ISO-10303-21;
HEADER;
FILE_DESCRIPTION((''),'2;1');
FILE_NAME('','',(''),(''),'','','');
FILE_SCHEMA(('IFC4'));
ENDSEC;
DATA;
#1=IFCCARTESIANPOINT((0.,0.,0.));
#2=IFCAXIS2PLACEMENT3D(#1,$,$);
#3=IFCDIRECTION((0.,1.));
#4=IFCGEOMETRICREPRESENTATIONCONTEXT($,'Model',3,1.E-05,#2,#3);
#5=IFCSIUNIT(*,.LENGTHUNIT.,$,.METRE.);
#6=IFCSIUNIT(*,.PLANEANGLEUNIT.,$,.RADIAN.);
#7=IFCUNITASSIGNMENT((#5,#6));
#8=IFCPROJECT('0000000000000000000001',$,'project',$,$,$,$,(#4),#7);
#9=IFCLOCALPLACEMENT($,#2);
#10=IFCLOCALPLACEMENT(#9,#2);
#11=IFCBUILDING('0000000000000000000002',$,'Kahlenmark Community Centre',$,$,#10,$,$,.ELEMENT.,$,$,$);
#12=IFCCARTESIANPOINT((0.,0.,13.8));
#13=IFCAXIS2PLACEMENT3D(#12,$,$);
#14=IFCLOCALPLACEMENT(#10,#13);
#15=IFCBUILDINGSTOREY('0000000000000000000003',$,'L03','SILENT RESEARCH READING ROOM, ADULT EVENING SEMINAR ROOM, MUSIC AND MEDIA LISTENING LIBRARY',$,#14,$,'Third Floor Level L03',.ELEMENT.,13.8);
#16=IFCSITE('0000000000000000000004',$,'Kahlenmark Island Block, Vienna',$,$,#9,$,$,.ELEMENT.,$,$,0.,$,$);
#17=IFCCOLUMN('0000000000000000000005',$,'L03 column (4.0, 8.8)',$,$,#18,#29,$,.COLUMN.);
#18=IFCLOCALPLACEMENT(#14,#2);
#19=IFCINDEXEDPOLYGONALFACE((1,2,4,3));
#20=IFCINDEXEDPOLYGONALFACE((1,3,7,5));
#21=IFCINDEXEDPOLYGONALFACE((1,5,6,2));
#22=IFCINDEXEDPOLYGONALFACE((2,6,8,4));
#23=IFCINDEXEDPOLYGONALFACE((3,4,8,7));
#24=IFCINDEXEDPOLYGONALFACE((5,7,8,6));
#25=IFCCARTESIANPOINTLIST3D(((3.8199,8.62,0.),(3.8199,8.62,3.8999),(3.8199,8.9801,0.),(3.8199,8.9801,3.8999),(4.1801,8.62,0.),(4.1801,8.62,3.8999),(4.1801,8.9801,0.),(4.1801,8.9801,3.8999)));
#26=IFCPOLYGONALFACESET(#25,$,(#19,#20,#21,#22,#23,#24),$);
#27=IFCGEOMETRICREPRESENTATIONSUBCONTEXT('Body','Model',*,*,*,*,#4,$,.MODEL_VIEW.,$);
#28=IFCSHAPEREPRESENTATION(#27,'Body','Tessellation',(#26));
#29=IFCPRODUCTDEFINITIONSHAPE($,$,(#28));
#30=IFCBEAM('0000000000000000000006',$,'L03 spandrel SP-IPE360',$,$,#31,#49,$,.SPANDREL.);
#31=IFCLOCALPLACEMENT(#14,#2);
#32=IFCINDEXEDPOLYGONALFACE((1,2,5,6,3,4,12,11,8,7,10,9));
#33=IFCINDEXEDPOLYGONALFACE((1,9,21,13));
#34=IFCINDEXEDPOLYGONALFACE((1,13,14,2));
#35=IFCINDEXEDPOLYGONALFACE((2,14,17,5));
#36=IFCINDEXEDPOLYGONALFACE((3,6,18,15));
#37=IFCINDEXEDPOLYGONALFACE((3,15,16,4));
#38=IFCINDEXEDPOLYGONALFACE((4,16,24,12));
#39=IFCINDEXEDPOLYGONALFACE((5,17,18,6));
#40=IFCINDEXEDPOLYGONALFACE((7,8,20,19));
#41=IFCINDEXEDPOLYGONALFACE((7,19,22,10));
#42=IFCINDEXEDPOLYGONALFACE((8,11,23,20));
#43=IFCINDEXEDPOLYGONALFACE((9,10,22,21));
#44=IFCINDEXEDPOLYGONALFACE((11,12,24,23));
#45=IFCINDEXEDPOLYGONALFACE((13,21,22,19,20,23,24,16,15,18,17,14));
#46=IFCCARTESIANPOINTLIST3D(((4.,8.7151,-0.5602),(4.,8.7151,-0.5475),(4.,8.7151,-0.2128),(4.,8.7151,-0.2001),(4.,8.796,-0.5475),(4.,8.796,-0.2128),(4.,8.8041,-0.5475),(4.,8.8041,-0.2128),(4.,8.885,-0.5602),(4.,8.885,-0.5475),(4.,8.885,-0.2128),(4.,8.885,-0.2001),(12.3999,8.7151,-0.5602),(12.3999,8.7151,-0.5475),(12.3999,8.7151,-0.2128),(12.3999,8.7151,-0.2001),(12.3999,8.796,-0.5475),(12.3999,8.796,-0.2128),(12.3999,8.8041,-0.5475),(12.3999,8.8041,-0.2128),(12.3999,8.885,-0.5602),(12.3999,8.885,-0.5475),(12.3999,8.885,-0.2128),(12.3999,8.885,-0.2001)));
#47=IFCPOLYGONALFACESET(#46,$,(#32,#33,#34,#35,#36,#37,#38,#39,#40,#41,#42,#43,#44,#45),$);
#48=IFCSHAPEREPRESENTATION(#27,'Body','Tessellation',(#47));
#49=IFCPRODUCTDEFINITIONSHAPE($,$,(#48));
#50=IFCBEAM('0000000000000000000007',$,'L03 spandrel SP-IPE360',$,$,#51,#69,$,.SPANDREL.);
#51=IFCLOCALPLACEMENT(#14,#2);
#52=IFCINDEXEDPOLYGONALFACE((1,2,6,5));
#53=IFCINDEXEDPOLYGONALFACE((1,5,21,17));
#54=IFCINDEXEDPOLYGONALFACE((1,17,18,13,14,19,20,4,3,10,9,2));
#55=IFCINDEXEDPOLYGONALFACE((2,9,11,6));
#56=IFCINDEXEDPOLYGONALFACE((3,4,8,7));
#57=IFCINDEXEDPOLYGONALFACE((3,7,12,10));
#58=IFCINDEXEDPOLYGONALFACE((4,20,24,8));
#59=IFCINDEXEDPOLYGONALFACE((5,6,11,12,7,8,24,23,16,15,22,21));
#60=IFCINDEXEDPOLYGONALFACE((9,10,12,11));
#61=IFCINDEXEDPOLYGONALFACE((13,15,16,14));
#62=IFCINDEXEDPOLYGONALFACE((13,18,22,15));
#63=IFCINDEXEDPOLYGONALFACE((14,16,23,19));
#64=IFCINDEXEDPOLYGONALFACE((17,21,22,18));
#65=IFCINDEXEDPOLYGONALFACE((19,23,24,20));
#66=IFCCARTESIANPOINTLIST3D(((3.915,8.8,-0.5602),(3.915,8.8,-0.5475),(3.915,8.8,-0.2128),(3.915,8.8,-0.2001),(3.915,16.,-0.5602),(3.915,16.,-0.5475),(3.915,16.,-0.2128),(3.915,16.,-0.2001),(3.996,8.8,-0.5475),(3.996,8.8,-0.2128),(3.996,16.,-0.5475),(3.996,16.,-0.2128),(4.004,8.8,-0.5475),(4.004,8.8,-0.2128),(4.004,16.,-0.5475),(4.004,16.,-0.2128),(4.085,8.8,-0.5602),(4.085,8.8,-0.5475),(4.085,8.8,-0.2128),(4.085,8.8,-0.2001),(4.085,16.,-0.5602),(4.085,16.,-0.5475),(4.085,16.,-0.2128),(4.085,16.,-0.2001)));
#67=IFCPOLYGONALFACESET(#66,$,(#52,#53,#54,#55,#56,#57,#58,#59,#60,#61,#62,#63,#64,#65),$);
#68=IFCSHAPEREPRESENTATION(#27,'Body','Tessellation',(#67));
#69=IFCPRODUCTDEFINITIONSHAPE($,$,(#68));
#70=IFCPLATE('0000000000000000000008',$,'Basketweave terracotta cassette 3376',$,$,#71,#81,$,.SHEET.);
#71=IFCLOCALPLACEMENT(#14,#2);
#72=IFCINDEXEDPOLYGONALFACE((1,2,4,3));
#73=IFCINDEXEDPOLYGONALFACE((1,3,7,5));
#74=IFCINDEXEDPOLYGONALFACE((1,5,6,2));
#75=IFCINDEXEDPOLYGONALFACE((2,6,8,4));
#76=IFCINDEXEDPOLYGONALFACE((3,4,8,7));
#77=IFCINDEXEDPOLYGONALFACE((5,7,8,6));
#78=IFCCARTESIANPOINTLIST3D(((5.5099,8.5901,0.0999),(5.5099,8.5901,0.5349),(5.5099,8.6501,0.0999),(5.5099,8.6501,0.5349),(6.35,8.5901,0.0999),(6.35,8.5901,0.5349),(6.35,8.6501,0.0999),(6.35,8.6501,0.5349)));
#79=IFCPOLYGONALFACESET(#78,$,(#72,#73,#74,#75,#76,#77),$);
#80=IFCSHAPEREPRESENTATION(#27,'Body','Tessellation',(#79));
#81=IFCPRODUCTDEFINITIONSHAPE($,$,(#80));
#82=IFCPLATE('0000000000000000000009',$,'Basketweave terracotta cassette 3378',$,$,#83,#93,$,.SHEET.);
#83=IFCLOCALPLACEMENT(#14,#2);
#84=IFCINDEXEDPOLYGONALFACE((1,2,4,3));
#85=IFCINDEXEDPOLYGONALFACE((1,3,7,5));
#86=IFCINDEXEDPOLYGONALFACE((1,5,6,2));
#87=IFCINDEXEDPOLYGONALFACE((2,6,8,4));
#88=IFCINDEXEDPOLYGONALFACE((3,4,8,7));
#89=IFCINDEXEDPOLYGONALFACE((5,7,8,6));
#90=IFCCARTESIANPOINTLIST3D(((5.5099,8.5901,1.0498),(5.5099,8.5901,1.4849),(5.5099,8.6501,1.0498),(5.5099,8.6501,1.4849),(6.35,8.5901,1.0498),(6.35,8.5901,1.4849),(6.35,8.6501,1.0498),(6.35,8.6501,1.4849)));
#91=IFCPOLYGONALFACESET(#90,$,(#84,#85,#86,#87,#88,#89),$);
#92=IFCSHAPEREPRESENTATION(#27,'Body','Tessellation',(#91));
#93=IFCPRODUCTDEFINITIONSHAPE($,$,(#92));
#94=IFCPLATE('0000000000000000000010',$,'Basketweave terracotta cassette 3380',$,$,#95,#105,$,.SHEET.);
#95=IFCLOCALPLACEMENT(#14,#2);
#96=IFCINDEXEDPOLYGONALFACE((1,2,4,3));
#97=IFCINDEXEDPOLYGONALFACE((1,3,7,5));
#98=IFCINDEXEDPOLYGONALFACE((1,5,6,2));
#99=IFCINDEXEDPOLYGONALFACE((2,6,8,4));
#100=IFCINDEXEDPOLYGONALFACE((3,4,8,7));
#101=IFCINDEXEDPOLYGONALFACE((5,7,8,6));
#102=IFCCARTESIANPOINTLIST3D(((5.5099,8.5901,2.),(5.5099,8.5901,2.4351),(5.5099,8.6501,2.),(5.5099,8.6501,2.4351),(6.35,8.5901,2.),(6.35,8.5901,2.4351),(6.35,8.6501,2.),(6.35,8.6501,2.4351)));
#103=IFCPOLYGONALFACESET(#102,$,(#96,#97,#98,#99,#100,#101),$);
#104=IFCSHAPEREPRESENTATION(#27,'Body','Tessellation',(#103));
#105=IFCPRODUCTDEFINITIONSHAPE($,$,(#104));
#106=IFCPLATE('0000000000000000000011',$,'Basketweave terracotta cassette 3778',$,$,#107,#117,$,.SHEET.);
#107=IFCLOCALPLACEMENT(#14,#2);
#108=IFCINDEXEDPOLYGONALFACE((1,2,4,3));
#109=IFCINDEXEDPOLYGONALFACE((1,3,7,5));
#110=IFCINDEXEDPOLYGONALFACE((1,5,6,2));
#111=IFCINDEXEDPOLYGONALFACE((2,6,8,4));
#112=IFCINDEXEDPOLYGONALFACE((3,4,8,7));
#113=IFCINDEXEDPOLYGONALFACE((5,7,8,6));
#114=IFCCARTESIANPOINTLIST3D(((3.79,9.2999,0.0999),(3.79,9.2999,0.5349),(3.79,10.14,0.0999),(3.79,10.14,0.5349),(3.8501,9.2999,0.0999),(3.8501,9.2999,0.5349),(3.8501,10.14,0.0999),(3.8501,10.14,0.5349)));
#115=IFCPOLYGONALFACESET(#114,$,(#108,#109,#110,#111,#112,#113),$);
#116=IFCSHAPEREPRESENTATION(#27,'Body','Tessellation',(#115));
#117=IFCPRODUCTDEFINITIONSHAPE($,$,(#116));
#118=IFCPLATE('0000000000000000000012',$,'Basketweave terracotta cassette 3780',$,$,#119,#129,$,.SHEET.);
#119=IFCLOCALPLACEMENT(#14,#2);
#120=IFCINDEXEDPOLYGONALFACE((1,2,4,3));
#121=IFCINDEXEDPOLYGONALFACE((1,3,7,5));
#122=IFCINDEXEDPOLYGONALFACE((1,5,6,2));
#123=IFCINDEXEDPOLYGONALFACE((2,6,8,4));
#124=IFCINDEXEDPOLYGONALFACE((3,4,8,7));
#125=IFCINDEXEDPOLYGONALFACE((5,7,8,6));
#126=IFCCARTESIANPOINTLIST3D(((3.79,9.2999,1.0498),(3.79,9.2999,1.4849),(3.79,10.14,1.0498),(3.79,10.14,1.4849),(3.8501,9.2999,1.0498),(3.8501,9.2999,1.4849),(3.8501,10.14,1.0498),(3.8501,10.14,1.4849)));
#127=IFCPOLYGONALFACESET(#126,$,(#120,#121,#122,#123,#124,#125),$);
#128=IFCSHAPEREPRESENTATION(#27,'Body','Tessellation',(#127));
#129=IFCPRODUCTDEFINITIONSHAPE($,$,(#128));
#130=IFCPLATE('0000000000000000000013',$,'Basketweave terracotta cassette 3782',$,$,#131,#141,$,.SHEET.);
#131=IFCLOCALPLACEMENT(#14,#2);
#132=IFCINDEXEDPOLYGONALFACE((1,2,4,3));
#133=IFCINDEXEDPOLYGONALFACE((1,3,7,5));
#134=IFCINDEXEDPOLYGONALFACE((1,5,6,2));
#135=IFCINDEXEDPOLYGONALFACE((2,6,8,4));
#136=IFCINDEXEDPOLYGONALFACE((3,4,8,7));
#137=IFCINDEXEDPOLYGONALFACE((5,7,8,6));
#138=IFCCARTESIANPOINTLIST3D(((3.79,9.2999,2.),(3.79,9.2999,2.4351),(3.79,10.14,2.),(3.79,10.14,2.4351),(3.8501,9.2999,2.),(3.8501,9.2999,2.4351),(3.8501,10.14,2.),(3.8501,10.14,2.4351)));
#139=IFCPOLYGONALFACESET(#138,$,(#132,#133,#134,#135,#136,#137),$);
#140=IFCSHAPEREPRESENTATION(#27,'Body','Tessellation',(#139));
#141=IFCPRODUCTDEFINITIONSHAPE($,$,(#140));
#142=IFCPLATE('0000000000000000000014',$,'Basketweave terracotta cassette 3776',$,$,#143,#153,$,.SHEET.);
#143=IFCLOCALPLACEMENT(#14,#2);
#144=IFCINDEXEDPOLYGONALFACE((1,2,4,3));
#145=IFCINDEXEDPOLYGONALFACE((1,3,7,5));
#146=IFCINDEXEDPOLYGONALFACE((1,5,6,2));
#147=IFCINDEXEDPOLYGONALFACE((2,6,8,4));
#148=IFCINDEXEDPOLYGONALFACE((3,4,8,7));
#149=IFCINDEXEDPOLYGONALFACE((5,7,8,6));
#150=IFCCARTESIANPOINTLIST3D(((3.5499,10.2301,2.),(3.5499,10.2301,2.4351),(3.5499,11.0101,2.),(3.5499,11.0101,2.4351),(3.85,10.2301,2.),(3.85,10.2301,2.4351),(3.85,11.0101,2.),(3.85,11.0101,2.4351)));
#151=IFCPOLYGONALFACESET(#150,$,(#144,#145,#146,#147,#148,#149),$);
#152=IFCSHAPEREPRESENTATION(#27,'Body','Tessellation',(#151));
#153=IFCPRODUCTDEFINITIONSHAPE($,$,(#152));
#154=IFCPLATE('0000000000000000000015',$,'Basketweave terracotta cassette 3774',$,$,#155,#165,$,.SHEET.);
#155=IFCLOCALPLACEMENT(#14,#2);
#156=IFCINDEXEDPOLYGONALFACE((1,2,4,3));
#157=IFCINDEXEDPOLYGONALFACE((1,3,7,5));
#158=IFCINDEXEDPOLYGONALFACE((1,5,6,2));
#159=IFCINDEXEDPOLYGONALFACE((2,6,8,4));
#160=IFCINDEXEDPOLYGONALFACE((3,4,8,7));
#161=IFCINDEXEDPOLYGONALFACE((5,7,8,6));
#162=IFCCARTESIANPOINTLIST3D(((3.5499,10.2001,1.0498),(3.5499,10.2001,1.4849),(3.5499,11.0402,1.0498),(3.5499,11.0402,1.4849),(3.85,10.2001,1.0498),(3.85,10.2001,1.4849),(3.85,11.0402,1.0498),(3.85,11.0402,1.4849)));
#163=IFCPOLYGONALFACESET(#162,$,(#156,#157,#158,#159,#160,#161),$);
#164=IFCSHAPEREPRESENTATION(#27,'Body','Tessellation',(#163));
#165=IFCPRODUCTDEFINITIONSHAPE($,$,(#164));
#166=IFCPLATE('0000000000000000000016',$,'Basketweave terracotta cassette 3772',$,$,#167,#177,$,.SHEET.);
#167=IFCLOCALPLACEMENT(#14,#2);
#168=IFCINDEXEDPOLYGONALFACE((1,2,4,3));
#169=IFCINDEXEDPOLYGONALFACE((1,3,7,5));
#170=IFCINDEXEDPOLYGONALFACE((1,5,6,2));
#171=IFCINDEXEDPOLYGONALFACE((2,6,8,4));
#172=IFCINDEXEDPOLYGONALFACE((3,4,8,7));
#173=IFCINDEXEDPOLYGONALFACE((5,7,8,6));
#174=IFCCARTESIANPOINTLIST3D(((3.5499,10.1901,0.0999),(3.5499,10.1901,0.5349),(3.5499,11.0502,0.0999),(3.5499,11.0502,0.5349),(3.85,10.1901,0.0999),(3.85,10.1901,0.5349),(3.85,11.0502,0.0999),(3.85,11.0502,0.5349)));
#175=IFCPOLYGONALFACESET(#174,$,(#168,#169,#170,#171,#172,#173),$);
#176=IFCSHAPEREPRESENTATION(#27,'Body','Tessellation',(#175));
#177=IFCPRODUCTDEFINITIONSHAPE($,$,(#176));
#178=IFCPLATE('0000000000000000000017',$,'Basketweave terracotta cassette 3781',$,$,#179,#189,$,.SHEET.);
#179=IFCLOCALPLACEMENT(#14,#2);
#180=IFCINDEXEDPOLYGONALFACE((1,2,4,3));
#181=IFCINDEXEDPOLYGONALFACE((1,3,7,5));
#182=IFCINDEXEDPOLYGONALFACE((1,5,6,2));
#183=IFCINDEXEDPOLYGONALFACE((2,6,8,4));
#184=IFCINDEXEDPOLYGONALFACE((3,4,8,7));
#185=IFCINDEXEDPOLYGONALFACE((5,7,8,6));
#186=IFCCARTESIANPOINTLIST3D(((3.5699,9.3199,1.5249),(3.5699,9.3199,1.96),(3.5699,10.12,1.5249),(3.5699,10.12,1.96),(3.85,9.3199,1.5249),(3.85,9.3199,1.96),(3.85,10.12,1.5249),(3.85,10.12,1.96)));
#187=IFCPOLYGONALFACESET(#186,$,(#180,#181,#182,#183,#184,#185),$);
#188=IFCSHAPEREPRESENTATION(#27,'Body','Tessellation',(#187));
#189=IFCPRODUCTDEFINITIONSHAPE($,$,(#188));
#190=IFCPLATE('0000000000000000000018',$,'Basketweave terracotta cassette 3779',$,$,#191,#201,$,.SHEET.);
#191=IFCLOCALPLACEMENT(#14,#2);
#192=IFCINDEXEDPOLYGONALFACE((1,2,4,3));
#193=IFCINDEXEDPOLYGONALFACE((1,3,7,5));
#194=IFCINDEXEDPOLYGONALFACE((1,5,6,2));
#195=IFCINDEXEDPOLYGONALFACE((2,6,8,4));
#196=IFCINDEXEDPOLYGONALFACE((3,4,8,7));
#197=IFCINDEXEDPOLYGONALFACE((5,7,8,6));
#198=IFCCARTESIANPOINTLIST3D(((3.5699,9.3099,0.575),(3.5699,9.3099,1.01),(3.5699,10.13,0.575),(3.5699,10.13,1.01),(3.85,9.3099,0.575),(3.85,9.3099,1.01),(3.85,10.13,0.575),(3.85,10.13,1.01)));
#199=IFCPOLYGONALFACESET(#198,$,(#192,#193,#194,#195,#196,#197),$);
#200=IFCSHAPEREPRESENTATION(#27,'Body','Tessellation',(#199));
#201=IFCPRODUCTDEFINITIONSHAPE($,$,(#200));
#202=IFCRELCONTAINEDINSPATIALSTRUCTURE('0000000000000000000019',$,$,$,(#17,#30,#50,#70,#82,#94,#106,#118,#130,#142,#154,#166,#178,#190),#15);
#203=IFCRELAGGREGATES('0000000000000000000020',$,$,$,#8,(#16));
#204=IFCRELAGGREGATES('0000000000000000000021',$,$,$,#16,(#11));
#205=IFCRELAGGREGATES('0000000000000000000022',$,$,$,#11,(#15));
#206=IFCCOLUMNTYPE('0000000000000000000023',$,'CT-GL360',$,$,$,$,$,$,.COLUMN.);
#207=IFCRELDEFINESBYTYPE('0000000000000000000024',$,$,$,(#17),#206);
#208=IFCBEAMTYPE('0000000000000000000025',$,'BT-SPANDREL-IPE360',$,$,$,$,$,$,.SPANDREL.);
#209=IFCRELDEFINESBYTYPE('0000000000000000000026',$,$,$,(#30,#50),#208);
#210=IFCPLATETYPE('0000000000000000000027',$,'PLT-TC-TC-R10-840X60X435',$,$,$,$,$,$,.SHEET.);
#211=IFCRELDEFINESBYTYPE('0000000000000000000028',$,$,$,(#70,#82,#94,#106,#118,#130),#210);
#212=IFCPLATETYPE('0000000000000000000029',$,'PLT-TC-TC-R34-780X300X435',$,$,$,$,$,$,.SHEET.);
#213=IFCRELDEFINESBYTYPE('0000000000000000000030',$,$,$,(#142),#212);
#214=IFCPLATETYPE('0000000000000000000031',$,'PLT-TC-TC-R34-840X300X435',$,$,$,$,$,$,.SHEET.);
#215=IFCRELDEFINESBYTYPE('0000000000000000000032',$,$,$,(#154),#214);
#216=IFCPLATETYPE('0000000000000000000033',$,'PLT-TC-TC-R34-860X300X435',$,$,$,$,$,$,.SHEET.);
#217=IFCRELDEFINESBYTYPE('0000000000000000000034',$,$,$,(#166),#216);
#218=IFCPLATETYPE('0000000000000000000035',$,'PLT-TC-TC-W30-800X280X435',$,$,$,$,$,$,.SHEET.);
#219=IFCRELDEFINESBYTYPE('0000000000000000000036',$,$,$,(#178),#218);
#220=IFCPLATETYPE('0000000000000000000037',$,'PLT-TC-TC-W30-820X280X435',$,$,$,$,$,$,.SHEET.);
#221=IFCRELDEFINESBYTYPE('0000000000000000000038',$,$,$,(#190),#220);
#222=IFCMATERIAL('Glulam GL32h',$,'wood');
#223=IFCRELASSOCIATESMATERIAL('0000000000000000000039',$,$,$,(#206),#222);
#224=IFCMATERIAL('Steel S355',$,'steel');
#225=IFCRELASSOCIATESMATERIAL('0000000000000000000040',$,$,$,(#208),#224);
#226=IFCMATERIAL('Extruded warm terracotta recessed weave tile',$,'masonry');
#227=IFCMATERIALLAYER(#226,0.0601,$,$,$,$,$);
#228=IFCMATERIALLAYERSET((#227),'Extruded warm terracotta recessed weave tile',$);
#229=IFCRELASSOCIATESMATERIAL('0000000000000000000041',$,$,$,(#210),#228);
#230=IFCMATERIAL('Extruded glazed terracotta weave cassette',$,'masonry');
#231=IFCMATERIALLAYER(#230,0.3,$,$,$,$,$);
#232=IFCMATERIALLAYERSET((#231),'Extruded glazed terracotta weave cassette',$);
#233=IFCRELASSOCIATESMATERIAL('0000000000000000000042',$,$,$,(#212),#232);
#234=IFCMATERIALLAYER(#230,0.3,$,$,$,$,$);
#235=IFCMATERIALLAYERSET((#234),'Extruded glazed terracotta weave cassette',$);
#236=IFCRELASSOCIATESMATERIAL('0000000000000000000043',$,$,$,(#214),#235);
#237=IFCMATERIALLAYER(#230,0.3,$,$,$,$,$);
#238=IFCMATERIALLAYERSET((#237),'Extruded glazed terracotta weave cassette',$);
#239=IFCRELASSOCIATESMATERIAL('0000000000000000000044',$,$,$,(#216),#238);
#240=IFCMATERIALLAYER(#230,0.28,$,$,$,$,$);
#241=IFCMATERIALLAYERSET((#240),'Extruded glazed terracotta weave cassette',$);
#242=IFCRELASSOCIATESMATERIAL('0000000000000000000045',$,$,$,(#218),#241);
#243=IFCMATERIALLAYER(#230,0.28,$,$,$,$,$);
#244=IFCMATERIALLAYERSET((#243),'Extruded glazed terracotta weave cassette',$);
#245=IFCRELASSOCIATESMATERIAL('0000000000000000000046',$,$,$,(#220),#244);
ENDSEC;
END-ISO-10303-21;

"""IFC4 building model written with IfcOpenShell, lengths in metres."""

from ifc_helpers import new_model, si_unit, direction, frame, origin, origin_2d, place, context, subcontext, project, spatial, rectangle, i_section, extrude, material, layer, layer_set, material_profile, profile_set, type_object, element, save


model = new_model("IFC4")

# Units and contexts
model_context = context("Model", 3, precision=1e-05, world=origin(), true_north=direction((0.0, 1.0)))
body_context = subcontext(model_context, "Body", "Model", "MODEL_VIEW")
ifc_project = project(units=[si_unit("LENGTHUNIT", "METRE"), si_unit("PLANEANGLEUNIT", "RADIAN")], contexts=[model_context])

# Site, building, storey
site_placement = place(None, origin())
site = spatial("IfcSite", under=ifc_project, at=site_placement, Name="Kahlenmark Island Block, Vienna", CompositionType="ELEMENT", RefElevation=0.0)
building_placement = place(site_placement, origin())
building = spatial("IfcBuilding", under=site, at=building_placement, Name="Kahlenmark Community Centre", CompositionType="ELEMENT")
storey_placement = place(building_placement, frame((0.0, 0.0, 13.8)))
storey = spatial("IfcBuildingStorey", under=building, at=storey_placement, Name="L03", Description="SILENT RESEARCH READING ROOM, ADULT EVENING SEMINAR ROOM, MUSIC AND MEDIA LISTENING LIBRARY", LongName="Third Floor Level L03", CompositionType="ELEMENT", Elevation=13.8)

# Column
ifc_material_1 = material(Name="Glulam GL32h", Category="wood")
ifc_material_profile_1 = material_profile(ifc_material_1, rectangle(XDim=0.3601, YDim=0.3601, at=origin_2d()), Name="GL32h 360x360")
ifc_profile_set_1 = profile_set([ifc_material_profile_1], Name="Glulam GL32h")
column_type = type_object("IfcColumnType", Name="CT-GL360", PredefinedType="COLUMN", material=ifc_profile_set_1)
column_placement = place(storey_placement, frame((4.0, 8.8, 0.0), z_axis=(0.0, 0.0, 1.0), x_axis=(1.0, 0.0, 0.0)))
element("IfcColumn", 1, at=column_placement, inside=storey, type_object=column_type, Name="L03 column (4.0, 8.8)", PredefinedType="COLUMN", context=body_context, shape_type="SweptSolid", body=[
    extrude(rectangle(XDim=0.3601, YDim=0.3601, at=origin_2d()), origin(), (0.0, 0.0, 1.0), 3.8999),
])

# Beams
ifc_material_2 = material(Name="Steel S355", Category="steel")
ifc_material_profile_2 = material_profile(ifc_material_2, i_section(OverallWidth=0.1699, OverallDepth=0.3601, WebThickness=0.0081, FlangeThickness=0.0127, at=origin_2d()), Name="IPE 360")
ifc_profile_set_2 = profile_set([ifc_material_profile_2], Name="Steel S355")
beam_type = type_object("IfcBeamType", Name="BT-SPANDREL-IPE360", PredefinedType="SPANDREL", material=ifc_profile_set_2)
beam_1_placement = place(storey_placement, frame((4.0, 8.8, -0.3801), z_axis=(1.0, 0.0, 0.0), x_axis=(0.0, 1.0, 0.0)))
element("IfcBeam", 2, at=beam_1_placement, inside=storey, type_object=beam_type, Name="L03 spandrel SP-IPE360", PredefinedType="SPANDREL", context=body_context, shape_type="SweptSolid", body=[
    extrude(i_section(OverallWidth=0.1699, OverallDepth=0.3601, WebThickness=0.0081, FlangeThickness=0.0127, at=origin_2d()), origin(), (0.0, 0.0, 1.0), 8.3999),
])
beam_2_placement = place(storey_placement, frame((4.0, 8.8, -0.3801), z_axis=(0.0, 1.0, 0.0), x_axis=(-1.0, 0.0, 0.0)))
element("IfcBeam", 3, at=beam_2_placement, inside=storey, type_object=beam_type, Name="L03 spandrel SP-IPE360", PredefinedType="SPANDREL", context=body_context, shape_type="SweptSolid", body=[
    extrude(i_section(OverallWidth=0.1699, OverallDepth=0.3601, WebThickness=0.0081, FlangeThickness=0.0127, at=origin_2d()), origin(), (0.0, 0.0, 1.0), 7.2),
])

# Plates
ifc_material_3 = material(Name="Extruded warm terracotta recessed weave tile", Category="masonry")
ifc_layer_1 = layer(ifc_material_3, 0.0601)
ifc_layer_set_1 = layer_set([ifc_layer_1], Name="Extruded warm terracotta recessed weave tile")
plate_type_1 = type_object("IfcPlateType", Name="PLT-TC-TC-R10-840X60X435", PredefinedType="SHEET", material=ifc_layer_set_1)
for number, where, z_axis, x_axis, name in (
    (4, (5.9299, 8.6201, 0.0999), (0.0, 0.0, 1.0), (1.0, 0.0, 0.0), "Basketweave terracotta cassette 3376"),
    (5, (5.9299, 8.6201, 1.0498), (0.0, 0.0, 1.0), (1.0, 0.0, 0.0), "Basketweave terracotta cassette 3378"),
    (6, (5.9299, 8.6201, 2.0), (0.0, 0.0, 1.0), (1.0, 0.0, 0.0), "Basketweave terracotta cassette 3380"),
    (7, (3.8201, 9.72, 0.0999), (0.0, 0.0, 1.0), (0.0, -1.0, 0.0), "Basketweave terracotta cassette 3778"),
    (8, (3.8201, 9.72, 1.0498), (0.0, 0.0, 1.0), (0.0, -1.0, 0.0), "Basketweave terracotta cassette 3780"),
    (9, (3.8201, 9.72, 2.0), (0.0, 0.0, 1.0), (0.0, -1.0, 0.0), "Basketweave terracotta cassette 3782"),
):
    element("IfcPlate", number, at=place(storey_placement, frame(where, z_axis=z_axis, x_axis=x_axis)), inside=storey, type_object=plate_type_1, Name=name, PredefinedType="SHEET", context=body_context, shape_type="SweptSolid", body=[
        extrude(rectangle(XDim=0.8401, YDim=0.0601, at=origin_2d()), origin(), (0.0, 0.0, 1.0), 0.4351),
    ])
ifc_material_4 = material(Name="Extruded glazed terracotta weave cassette", Category="masonry")
ifc_layer_2 = layer(ifc_material_4, 0.3)
ifc_layer_set_2 = layer_set([ifc_layer_2], Name="Extruded glazed terracotta weave cassette")
plate_type_2 = type_object("IfcPlateType", Name="PLT-TC-TC-R34-780X300X435", PredefinedType="SHEET", material=ifc_layer_set_2)
plate_1_placement = place(storey_placement, frame((3.7, 10.6201, 2.0), z_axis=(0.0, 0.0, 1.0), x_axis=(0.0, -1.0, 0.0)))
element("IfcPlate", 10, at=plate_1_placement, inside=storey, type_object=plate_type_2, Name="Basketweave terracotta cassette 3776", PredefinedType="SHEET", context=body_context, shape_type="SweptSolid", body=[
    extrude(rectangle(XDim=0.78, YDim=0.3, at=origin_2d()), origin(), (0.0, 0.0, 1.0), 0.4351),
])
ifc_layer_3 = layer(ifc_material_4, 0.3)
ifc_layer_set_3 = layer_set([ifc_layer_3], Name="Extruded glazed terracotta weave cassette")
plate_type_3 = type_object("IfcPlateType", Name="PLT-TC-TC-R34-840X300X435", PredefinedType="SHEET", material=ifc_layer_set_3)
plate_2_placement = place(storey_placement, frame((3.7, 10.6201, 1.0498), z_axis=(0.0, 0.0, 1.0), x_axis=(0.0, -1.0, 0.0)))
element("IfcPlate", 11, at=plate_2_placement, inside=storey, type_object=plate_type_3, Name="Basketweave terracotta cassette 3774", PredefinedType="SHEET", context=body_context, shape_type="SweptSolid", body=[
    extrude(rectangle(XDim=0.8401, YDim=0.3, at=origin_2d()), origin(), (0.0, 0.0, 1.0), 0.4351),
])
ifc_layer_4 = layer(ifc_material_4, 0.3)
ifc_layer_set_4 = layer_set([ifc_layer_4], Name="Extruded glazed terracotta weave cassette")
plate_type_4 = type_object("IfcPlateType", Name="PLT-TC-TC-R34-860X300X435", PredefinedType="SHEET", material=ifc_layer_set_4)
plate_3_placement = place(storey_placement, frame((3.7, 10.6201, 0.0999), z_axis=(0.0, 0.0, 1.0), x_axis=(0.0, -1.0, 0.0)))
element("IfcPlate", 12, at=plate_3_placement, inside=storey, type_object=plate_type_4, Name="Basketweave terracotta cassette 3772", PredefinedType="SHEET", context=body_context, shape_type="SweptSolid", body=[
    extrude(rectangle(XDim=0.8601, YDim=0.3, at=origin_2d()), origin(), (0.0, 0.0, 1.0), 0.4351),
])
ifc_layer_5 = layer(ifc_material_4, 0.28)
ifc_layer_set_5 = layer_set([ifc_layer_5], Name="Extruded glazed terracotta weave cassette")
plate_type_5 = type_object("IfcPlateType", Name="PLT-TC-TC-W30-800X280X435", PredefinedType="SHEET", material=ifc_layer_set_5)
plate_4_placement = place(storey_placement, frame((3.71, 9.72, 1.5249), z_axis=(0.0, 0.0, 1.0), x_axis=(0.0, -1.0, 0.0)))
element("IfcPlate", 13, at=plate_4_placement, inside=storey, type_object=plate_type_5, Name="Basketweave terracotta cassette 3781", PredefinedType="SHEET", context=body_context, shape_type="SweptSolid", body=[
    extrude(rectangle(XDim=0.8, YDim=0.28, at=origin_2d()), origin(), (0.0, 0.0, 1.0), 0.4351),
])
ifc_layer_6 = layer(ifc_material_4, 0.28)
ifc_layer_set_6 = layer_set([ifc_layer_6], Name="Extruded glazed terracotta weave cassette")
plate_type_6 = type_object("IfcPlateType", Name="PLT-TC-TC-W30-820X280X435", PredefinedType="SHEET", material=ifc_layer_set_6)
plate_5_placement = place(storey_placement, frame((3.71, 9.72, 0.575), z_axis=(0.0, 0.0, 1.0), x_axis=(0.0, -1.0, 0.0)))
element("IfcPlate", 14, at=plate_5_placement, inside=storey, type_object=plate_type_6, Name="Basketweave terracotta cassette 3779", PredefinedType="SHEET", context=body_context, shape_type="SweptSolid", body=[
    extrude(rectangle(XDim=0.8201, YDim=0.28, at=origin_2d()), origin(), (0.0, 0.0, 1.0), 0.4351),
])

save(model, "model.ifc")
